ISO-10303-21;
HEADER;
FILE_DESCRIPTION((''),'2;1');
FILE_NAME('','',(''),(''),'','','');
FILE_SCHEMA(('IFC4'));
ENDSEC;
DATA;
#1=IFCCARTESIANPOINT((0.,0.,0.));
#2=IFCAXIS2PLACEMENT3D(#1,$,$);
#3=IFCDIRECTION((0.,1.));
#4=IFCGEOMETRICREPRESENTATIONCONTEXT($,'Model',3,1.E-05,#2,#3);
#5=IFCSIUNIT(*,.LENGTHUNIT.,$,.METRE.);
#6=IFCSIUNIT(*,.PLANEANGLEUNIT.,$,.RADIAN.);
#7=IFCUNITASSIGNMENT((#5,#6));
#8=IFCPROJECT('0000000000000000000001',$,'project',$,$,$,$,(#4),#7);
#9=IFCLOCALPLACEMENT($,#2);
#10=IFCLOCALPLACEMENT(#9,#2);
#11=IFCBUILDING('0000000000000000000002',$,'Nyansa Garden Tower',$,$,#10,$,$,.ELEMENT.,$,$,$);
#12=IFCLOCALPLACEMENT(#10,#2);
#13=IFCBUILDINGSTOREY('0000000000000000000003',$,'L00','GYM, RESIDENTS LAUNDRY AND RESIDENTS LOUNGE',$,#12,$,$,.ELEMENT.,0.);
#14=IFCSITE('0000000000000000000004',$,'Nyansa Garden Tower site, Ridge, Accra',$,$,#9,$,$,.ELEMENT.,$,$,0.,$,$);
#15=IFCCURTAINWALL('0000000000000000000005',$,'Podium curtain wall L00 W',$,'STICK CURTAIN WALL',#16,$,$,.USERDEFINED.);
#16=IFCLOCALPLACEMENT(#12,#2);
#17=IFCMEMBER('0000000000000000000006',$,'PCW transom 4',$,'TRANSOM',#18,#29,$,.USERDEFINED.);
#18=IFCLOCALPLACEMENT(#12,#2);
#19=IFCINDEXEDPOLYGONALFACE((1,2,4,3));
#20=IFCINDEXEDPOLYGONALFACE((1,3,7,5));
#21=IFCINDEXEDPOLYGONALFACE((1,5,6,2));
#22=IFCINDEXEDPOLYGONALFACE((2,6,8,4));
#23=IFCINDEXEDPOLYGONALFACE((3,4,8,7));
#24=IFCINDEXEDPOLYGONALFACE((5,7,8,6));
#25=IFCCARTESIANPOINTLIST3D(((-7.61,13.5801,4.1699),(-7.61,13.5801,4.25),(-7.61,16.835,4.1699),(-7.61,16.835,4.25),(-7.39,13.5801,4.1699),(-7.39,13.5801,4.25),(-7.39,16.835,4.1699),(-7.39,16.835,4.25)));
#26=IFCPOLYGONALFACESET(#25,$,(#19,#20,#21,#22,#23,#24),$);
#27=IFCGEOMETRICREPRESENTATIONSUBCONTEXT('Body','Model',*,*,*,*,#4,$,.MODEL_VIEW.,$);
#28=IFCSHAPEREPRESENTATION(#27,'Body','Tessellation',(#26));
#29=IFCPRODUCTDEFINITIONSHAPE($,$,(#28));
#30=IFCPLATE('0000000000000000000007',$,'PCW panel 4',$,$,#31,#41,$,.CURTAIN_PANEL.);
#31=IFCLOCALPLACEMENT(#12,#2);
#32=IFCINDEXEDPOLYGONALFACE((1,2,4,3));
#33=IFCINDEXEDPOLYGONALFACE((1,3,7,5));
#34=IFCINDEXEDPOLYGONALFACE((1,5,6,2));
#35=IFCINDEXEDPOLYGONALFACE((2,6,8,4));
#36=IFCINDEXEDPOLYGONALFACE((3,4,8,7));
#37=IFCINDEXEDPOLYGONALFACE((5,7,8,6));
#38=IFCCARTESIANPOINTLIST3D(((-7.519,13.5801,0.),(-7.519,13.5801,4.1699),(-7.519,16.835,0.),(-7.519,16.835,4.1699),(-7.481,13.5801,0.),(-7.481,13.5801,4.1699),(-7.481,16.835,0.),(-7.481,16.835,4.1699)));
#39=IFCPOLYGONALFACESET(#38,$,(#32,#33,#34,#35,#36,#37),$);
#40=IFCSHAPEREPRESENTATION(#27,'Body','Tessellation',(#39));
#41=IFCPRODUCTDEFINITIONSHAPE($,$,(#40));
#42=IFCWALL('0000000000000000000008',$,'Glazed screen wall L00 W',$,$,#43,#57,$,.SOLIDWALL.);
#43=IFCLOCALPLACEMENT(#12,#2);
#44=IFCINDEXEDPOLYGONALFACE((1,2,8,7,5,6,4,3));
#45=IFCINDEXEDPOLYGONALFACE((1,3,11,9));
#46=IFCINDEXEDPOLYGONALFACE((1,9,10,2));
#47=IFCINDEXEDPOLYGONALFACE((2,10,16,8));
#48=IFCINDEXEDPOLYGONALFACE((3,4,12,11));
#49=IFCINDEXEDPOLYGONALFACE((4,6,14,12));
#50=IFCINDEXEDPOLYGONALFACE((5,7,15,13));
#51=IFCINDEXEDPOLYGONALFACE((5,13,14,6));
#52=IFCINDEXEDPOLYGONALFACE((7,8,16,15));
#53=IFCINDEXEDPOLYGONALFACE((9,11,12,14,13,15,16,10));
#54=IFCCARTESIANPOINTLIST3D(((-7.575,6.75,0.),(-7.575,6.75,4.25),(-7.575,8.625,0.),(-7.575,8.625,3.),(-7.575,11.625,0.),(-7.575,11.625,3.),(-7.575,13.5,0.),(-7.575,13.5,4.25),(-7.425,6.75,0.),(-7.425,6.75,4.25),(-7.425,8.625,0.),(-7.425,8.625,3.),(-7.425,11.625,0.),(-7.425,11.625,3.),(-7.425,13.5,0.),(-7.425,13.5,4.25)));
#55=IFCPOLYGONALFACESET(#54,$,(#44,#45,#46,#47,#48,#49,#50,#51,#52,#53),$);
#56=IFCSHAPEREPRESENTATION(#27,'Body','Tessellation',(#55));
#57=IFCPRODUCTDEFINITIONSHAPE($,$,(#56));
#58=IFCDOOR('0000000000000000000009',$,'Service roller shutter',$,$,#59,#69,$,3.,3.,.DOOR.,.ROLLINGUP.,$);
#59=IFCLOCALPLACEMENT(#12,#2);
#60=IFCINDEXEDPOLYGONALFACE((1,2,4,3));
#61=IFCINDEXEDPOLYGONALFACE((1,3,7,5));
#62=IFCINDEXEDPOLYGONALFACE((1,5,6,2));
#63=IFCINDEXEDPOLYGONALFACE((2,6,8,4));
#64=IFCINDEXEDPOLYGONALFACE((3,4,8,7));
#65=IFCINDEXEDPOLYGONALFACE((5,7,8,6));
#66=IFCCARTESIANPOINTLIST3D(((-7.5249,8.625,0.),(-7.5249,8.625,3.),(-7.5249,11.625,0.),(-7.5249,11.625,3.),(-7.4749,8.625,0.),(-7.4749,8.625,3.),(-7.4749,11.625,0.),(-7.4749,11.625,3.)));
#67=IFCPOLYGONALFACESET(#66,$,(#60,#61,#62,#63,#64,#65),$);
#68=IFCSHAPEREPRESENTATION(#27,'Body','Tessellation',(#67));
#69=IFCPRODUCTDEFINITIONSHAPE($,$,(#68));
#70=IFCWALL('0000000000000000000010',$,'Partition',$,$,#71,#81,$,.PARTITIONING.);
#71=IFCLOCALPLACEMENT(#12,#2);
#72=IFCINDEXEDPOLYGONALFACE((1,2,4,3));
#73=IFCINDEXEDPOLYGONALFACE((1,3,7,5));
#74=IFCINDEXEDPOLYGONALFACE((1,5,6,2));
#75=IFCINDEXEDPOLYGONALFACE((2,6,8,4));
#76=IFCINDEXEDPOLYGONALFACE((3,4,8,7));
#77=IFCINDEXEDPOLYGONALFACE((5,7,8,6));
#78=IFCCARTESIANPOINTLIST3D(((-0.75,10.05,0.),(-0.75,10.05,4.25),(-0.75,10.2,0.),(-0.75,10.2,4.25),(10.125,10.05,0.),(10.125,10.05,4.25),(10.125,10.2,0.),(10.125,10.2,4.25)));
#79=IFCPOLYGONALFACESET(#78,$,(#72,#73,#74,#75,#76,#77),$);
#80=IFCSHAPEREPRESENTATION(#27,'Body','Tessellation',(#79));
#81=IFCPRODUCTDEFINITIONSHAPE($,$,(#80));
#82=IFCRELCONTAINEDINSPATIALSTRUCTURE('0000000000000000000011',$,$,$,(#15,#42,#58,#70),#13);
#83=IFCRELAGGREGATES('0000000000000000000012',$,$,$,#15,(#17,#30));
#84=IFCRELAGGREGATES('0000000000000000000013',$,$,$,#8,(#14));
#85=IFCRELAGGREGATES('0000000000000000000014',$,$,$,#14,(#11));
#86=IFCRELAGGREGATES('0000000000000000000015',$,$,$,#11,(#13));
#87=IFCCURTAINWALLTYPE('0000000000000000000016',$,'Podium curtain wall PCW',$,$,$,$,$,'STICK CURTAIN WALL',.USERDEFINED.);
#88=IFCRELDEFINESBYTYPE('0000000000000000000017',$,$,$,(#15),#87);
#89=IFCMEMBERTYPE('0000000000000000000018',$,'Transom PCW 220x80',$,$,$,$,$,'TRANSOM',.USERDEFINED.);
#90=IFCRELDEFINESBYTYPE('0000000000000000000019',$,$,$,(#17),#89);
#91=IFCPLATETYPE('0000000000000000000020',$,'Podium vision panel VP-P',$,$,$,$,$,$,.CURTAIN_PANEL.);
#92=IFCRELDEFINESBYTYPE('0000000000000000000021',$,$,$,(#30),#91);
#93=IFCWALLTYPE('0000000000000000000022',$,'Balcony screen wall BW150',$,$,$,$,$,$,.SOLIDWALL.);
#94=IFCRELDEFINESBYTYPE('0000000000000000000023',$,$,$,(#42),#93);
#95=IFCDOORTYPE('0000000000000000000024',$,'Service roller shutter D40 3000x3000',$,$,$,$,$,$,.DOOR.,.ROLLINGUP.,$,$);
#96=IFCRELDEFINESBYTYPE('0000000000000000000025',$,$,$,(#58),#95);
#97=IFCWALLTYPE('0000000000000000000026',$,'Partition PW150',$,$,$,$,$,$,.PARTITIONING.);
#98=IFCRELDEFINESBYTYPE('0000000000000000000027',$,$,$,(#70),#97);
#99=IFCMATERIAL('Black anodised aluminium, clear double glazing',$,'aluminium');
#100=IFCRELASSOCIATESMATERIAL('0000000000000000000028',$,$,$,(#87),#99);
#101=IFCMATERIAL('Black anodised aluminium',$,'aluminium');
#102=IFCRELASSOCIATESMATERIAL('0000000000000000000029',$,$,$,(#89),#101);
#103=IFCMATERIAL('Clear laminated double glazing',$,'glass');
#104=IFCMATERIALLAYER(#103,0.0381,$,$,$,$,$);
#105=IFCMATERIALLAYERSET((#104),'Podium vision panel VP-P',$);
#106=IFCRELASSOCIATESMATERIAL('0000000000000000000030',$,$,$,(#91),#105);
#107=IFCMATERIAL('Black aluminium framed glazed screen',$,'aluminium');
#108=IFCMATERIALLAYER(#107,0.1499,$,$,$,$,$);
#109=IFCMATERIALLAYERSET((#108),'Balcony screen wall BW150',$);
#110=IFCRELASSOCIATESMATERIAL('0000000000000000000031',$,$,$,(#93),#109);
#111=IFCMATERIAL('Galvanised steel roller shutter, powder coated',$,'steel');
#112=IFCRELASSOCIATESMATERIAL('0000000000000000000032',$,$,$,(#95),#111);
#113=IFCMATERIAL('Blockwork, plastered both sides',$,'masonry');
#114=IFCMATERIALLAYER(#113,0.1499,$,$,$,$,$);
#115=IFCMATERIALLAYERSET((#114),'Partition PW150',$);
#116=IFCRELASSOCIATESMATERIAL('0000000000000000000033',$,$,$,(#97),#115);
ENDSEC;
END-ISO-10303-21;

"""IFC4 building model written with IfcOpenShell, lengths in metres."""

from ifc_helpers import new_model, si_unit, direction, frame, frame_2d, origin, origin_2d, place, context, subcontext, project, spatial, rectangle, extrude, material, layer, layer_set, material_profile, profile_set, type_object, element, fill, aggregate, save


model = new_model("IFC4")

# Units and contexts
model_context = context("Model", 3, precision=1e-05, world=origin(), true_north=direction((0.0, 1.0)))
body_context = subcontext(model_context, "Body", "Model", "MODEL_VIEW")
ifc_project = project(units=[si_unit("LENGTHUNIT", "METRE"), si_unit("PLANEANGLEUNIT", "RADIAN")], contexts=[model_context])

# Site, building, storey
site_placement = place(None, origin())
site = spatial("IfcSite", under=ifc_project, at=site_placement, Name="Nyansa Garden Tower site, Ridge, Accra", CompositionType="ELEMENT", RefElevation=0.0)
building_placement = place(site_placement, origin())
building = spatial("IfcBuilding", under=site, at=building_placement, Name="Nyansa Garden Tower", CompositionType="ELEMENT")
storey_placement = place(building_placement, origin())
storey = spatial("IfcBuildingStorey", under=building, at=storey_placement, Name="L00", Description="GYM, RESIDENTS LAUNDRY AND RESIDENTS LOUNGE", CompositionType="ELEMENT", Elevation=0.0)

# Curtain wall
ifc_material_1 = material(Name="Black anodised aluminium, clear double glazing", Category="aluminium")
curtain_wall_type = type_object("IfcCurtainWallType", Name="Podium curtain wall PCW", ElementType="STICK CURTAIN WALL", PredefinedType="USERDEFINED", material=ifc_material_1)
curtain_wall_placement = place(storey_placement, origin())
curtain_wall = element("IfcCurtainWall", 1, at=curtain_wall_placement, inside=storey, type_object=curtain_wall_type, Name="Podium curtain wall L00 W", ObjectType="STICK CURTAIN WALL", PredefinedType="USERDEFINED")

# Member
ifc_material_2 = material(Name="Black anodised aluminium", Category="aluminium")
ifc_material_profile_1 = material_profile(ifc_material_2, rectangle(XDim=0.22, YDim=0.0801, at=origin_2d()), Name="Transom 220x80")
ifc_profile_set_1 = profile_set([ifc_material_profile_1], Name="Black anodised aluminium")
member_type_1 = type_object("IfcMemberType", Name="Transom PCW 220x80", ElementType="TRANSOM", PredefinedType="USERDEFINED", material=ifc_profile_set_1)
member_1_placement = place(storey_placement, frame((-7.5, 16.835, 4.21), z_axis=(0.0, -1.0, 0.0), x_axis=(1.0, 0.0, 0.0)))
member_1 = element("IfcMember", 2, at=member_1_placement, type_object=member_type_1, Name="PCW transom 4", ObjectType="TRANSOM", PredefinedType="USERDEFINED", context=body_context, shape_type="SweptSolid", body=[
    extrude(rectangle(XDim=0.22, YDim=0.0801, at=origin_2d()), origin(), (0.0, 0.0, 1.0), 3.2549),
])

# Plate
ifc_material_3 = material(Name="Clear laminated double glazing", Category="glass")
ifc_layer_1 = layer(ifc_material_3, 0.0381)
ifc_layer_set_1 = layer_set([ifc_layer_1], Name="Podium vision panel VP-P")
plate_type = type_object("IfcPlateType", Name="Podium vision panel VP-P", PredefinedType="CURTAIN_PANEL", material=ifc_layer_set_1)
plate_placement = place(storey_placement, frame((-7.5, 15.2075, 0.0), z_axis=(0.0, 0.0, 1.0), x_axis=(0.0, -1.0, 0.0)))
plate = element("IfcPlate", 3, at=plate_placement, type_object=plate_type, Name="PCW panel 4", PredefinedType="CURTAIN_PANEL", context=body_context, shape_type="SweptSolid", body=[
    extrude(rectangle(XDim=3.2549, YDim=0.0381, at=origin_2d()), origin(), (0.0, 0.0, 1.0), 4.1699),
])
aggregate(curtain_wall, [member_1, plate])

# Wall, opening, door
ifc_material_4 = material(Name="Black aluminium framed glazed screen", Category="aluminium")
ifc_layer_2 = layer(ifc_material_4, 0.1499)
ifc_layer_set_2 = layer_set([ifc_layer_2], Name="Balcony screen wall BW150")
wall_type_1 = type_object("IfcWallType", Name="Balcony screen wall BW150", PredefinedType="SOLIDWALL", material=ifc_layer_set_2)
wall_1_placement = place(storey_placement, frame((-7.5, 6.75, 0.0), z_axis=(0.0, 0.0, 1.0), x_axis=(0.0, 1.0, 0.0)))
wall_1 = element("IfcWall", 4, at=wall_1_placement, inside=storey, type_object=wall_type_1, Name="Glazed screen wall L00 W", PredefinedType="SOLIDWALL", context=body_context, shape_type="SweptSolid", body=[
    extrude(rectangle(XDim=6.75, YDim=0.1499, at=frame_2d((3.375, 0.0))), origin(), (0.0, 0.0, 1.0), 4.25),
])
opening_placement = place(wall_1_placement, frame((1.875, 0.0, 0.0)))
opening = element("IfcOpeningElement", 5, at=opening_placement, cuts=wall_1, PredefinedType="OPENING", context=body_context, shape_type="SweptSolid", body=[
    extrude(rectangle(XDim=3.0, YDim=3.0, at=frame_2d((1.5, 1.5))), frame((0.0, 0.085, 0.0), z_axis=(0.0, -1.0, 0.0), x_axis=(1.0, 0.0, 0.0)), (0.0, 0.0, 1.0), 0.1699),
])
ifc_material_5 = material(Name="Galvanised steel roller shutter, powder coated", Category="steel")
door_type = type_object("IfcDoorType", Name="Service roller shutter D40 3000x3000", OperationType="ROLLINGUP", PredefinedType="DOOR", material=ifc_material_5)
door_placement = place(opening_placement, origin())
door = element("IfcDoor", 6, at=door_placement, inside=storey, type_object=door_type, Name="Service roller shutter", OperationType="ROLLINGUP", OverallHeight=3.0, OverallWidth=3.0, PredefinedType="DOOR", context=body_context, shape_type="SweptSolid", body=[
    extrude(rectangle(XDim=3.0, YDim=3.0, at=frame_2d((1.5, 1.5))), frame((0.0, 0.0249, 0.0), z_axis=(0.0, -1.0, 0.0), x_axis=(1.0, 0.0, 0.0)), (0.0, 0.0, 1.0), 0.05),
])
fill(opening, door)

# Wall
ifc_material_6 = material(Name="Blockwork, plastered both sides", Category="masonry")
ifc_layer_3 = layer(ifc_material_6, 0.1499)
ifc_layer_set_3 = layer_set([ifc_layer_3], Name="Partition PW150")
wall_type_2 = type_object("IfcWallType", Name="Partition PW150", PredefinedType="PARTITIONING", material=ifc_layer_set_3)
wall_2_placement = place(storey_placement, frame((-0.75, 10.125, 0.0), z_axis=(0.0, 0.0, 1.0), x_axis=(1.0, 0.0, 0.0)))
element("IfcWall", 7, at=wall_2_placement, inside=storey, type_object=wall_type_2, Name="Partition", PredefinedType="PARTITIONING", context=body_context, shape_type="SweptSolid", body=[
    extrude(rectangle(XDim=10.875, YDim=0.1499, at=frame_2d((5.4375, 0.0))), origin(), (0.0, 0.0, 1.0), 4.25),
])

save(model, "model.ifc")
